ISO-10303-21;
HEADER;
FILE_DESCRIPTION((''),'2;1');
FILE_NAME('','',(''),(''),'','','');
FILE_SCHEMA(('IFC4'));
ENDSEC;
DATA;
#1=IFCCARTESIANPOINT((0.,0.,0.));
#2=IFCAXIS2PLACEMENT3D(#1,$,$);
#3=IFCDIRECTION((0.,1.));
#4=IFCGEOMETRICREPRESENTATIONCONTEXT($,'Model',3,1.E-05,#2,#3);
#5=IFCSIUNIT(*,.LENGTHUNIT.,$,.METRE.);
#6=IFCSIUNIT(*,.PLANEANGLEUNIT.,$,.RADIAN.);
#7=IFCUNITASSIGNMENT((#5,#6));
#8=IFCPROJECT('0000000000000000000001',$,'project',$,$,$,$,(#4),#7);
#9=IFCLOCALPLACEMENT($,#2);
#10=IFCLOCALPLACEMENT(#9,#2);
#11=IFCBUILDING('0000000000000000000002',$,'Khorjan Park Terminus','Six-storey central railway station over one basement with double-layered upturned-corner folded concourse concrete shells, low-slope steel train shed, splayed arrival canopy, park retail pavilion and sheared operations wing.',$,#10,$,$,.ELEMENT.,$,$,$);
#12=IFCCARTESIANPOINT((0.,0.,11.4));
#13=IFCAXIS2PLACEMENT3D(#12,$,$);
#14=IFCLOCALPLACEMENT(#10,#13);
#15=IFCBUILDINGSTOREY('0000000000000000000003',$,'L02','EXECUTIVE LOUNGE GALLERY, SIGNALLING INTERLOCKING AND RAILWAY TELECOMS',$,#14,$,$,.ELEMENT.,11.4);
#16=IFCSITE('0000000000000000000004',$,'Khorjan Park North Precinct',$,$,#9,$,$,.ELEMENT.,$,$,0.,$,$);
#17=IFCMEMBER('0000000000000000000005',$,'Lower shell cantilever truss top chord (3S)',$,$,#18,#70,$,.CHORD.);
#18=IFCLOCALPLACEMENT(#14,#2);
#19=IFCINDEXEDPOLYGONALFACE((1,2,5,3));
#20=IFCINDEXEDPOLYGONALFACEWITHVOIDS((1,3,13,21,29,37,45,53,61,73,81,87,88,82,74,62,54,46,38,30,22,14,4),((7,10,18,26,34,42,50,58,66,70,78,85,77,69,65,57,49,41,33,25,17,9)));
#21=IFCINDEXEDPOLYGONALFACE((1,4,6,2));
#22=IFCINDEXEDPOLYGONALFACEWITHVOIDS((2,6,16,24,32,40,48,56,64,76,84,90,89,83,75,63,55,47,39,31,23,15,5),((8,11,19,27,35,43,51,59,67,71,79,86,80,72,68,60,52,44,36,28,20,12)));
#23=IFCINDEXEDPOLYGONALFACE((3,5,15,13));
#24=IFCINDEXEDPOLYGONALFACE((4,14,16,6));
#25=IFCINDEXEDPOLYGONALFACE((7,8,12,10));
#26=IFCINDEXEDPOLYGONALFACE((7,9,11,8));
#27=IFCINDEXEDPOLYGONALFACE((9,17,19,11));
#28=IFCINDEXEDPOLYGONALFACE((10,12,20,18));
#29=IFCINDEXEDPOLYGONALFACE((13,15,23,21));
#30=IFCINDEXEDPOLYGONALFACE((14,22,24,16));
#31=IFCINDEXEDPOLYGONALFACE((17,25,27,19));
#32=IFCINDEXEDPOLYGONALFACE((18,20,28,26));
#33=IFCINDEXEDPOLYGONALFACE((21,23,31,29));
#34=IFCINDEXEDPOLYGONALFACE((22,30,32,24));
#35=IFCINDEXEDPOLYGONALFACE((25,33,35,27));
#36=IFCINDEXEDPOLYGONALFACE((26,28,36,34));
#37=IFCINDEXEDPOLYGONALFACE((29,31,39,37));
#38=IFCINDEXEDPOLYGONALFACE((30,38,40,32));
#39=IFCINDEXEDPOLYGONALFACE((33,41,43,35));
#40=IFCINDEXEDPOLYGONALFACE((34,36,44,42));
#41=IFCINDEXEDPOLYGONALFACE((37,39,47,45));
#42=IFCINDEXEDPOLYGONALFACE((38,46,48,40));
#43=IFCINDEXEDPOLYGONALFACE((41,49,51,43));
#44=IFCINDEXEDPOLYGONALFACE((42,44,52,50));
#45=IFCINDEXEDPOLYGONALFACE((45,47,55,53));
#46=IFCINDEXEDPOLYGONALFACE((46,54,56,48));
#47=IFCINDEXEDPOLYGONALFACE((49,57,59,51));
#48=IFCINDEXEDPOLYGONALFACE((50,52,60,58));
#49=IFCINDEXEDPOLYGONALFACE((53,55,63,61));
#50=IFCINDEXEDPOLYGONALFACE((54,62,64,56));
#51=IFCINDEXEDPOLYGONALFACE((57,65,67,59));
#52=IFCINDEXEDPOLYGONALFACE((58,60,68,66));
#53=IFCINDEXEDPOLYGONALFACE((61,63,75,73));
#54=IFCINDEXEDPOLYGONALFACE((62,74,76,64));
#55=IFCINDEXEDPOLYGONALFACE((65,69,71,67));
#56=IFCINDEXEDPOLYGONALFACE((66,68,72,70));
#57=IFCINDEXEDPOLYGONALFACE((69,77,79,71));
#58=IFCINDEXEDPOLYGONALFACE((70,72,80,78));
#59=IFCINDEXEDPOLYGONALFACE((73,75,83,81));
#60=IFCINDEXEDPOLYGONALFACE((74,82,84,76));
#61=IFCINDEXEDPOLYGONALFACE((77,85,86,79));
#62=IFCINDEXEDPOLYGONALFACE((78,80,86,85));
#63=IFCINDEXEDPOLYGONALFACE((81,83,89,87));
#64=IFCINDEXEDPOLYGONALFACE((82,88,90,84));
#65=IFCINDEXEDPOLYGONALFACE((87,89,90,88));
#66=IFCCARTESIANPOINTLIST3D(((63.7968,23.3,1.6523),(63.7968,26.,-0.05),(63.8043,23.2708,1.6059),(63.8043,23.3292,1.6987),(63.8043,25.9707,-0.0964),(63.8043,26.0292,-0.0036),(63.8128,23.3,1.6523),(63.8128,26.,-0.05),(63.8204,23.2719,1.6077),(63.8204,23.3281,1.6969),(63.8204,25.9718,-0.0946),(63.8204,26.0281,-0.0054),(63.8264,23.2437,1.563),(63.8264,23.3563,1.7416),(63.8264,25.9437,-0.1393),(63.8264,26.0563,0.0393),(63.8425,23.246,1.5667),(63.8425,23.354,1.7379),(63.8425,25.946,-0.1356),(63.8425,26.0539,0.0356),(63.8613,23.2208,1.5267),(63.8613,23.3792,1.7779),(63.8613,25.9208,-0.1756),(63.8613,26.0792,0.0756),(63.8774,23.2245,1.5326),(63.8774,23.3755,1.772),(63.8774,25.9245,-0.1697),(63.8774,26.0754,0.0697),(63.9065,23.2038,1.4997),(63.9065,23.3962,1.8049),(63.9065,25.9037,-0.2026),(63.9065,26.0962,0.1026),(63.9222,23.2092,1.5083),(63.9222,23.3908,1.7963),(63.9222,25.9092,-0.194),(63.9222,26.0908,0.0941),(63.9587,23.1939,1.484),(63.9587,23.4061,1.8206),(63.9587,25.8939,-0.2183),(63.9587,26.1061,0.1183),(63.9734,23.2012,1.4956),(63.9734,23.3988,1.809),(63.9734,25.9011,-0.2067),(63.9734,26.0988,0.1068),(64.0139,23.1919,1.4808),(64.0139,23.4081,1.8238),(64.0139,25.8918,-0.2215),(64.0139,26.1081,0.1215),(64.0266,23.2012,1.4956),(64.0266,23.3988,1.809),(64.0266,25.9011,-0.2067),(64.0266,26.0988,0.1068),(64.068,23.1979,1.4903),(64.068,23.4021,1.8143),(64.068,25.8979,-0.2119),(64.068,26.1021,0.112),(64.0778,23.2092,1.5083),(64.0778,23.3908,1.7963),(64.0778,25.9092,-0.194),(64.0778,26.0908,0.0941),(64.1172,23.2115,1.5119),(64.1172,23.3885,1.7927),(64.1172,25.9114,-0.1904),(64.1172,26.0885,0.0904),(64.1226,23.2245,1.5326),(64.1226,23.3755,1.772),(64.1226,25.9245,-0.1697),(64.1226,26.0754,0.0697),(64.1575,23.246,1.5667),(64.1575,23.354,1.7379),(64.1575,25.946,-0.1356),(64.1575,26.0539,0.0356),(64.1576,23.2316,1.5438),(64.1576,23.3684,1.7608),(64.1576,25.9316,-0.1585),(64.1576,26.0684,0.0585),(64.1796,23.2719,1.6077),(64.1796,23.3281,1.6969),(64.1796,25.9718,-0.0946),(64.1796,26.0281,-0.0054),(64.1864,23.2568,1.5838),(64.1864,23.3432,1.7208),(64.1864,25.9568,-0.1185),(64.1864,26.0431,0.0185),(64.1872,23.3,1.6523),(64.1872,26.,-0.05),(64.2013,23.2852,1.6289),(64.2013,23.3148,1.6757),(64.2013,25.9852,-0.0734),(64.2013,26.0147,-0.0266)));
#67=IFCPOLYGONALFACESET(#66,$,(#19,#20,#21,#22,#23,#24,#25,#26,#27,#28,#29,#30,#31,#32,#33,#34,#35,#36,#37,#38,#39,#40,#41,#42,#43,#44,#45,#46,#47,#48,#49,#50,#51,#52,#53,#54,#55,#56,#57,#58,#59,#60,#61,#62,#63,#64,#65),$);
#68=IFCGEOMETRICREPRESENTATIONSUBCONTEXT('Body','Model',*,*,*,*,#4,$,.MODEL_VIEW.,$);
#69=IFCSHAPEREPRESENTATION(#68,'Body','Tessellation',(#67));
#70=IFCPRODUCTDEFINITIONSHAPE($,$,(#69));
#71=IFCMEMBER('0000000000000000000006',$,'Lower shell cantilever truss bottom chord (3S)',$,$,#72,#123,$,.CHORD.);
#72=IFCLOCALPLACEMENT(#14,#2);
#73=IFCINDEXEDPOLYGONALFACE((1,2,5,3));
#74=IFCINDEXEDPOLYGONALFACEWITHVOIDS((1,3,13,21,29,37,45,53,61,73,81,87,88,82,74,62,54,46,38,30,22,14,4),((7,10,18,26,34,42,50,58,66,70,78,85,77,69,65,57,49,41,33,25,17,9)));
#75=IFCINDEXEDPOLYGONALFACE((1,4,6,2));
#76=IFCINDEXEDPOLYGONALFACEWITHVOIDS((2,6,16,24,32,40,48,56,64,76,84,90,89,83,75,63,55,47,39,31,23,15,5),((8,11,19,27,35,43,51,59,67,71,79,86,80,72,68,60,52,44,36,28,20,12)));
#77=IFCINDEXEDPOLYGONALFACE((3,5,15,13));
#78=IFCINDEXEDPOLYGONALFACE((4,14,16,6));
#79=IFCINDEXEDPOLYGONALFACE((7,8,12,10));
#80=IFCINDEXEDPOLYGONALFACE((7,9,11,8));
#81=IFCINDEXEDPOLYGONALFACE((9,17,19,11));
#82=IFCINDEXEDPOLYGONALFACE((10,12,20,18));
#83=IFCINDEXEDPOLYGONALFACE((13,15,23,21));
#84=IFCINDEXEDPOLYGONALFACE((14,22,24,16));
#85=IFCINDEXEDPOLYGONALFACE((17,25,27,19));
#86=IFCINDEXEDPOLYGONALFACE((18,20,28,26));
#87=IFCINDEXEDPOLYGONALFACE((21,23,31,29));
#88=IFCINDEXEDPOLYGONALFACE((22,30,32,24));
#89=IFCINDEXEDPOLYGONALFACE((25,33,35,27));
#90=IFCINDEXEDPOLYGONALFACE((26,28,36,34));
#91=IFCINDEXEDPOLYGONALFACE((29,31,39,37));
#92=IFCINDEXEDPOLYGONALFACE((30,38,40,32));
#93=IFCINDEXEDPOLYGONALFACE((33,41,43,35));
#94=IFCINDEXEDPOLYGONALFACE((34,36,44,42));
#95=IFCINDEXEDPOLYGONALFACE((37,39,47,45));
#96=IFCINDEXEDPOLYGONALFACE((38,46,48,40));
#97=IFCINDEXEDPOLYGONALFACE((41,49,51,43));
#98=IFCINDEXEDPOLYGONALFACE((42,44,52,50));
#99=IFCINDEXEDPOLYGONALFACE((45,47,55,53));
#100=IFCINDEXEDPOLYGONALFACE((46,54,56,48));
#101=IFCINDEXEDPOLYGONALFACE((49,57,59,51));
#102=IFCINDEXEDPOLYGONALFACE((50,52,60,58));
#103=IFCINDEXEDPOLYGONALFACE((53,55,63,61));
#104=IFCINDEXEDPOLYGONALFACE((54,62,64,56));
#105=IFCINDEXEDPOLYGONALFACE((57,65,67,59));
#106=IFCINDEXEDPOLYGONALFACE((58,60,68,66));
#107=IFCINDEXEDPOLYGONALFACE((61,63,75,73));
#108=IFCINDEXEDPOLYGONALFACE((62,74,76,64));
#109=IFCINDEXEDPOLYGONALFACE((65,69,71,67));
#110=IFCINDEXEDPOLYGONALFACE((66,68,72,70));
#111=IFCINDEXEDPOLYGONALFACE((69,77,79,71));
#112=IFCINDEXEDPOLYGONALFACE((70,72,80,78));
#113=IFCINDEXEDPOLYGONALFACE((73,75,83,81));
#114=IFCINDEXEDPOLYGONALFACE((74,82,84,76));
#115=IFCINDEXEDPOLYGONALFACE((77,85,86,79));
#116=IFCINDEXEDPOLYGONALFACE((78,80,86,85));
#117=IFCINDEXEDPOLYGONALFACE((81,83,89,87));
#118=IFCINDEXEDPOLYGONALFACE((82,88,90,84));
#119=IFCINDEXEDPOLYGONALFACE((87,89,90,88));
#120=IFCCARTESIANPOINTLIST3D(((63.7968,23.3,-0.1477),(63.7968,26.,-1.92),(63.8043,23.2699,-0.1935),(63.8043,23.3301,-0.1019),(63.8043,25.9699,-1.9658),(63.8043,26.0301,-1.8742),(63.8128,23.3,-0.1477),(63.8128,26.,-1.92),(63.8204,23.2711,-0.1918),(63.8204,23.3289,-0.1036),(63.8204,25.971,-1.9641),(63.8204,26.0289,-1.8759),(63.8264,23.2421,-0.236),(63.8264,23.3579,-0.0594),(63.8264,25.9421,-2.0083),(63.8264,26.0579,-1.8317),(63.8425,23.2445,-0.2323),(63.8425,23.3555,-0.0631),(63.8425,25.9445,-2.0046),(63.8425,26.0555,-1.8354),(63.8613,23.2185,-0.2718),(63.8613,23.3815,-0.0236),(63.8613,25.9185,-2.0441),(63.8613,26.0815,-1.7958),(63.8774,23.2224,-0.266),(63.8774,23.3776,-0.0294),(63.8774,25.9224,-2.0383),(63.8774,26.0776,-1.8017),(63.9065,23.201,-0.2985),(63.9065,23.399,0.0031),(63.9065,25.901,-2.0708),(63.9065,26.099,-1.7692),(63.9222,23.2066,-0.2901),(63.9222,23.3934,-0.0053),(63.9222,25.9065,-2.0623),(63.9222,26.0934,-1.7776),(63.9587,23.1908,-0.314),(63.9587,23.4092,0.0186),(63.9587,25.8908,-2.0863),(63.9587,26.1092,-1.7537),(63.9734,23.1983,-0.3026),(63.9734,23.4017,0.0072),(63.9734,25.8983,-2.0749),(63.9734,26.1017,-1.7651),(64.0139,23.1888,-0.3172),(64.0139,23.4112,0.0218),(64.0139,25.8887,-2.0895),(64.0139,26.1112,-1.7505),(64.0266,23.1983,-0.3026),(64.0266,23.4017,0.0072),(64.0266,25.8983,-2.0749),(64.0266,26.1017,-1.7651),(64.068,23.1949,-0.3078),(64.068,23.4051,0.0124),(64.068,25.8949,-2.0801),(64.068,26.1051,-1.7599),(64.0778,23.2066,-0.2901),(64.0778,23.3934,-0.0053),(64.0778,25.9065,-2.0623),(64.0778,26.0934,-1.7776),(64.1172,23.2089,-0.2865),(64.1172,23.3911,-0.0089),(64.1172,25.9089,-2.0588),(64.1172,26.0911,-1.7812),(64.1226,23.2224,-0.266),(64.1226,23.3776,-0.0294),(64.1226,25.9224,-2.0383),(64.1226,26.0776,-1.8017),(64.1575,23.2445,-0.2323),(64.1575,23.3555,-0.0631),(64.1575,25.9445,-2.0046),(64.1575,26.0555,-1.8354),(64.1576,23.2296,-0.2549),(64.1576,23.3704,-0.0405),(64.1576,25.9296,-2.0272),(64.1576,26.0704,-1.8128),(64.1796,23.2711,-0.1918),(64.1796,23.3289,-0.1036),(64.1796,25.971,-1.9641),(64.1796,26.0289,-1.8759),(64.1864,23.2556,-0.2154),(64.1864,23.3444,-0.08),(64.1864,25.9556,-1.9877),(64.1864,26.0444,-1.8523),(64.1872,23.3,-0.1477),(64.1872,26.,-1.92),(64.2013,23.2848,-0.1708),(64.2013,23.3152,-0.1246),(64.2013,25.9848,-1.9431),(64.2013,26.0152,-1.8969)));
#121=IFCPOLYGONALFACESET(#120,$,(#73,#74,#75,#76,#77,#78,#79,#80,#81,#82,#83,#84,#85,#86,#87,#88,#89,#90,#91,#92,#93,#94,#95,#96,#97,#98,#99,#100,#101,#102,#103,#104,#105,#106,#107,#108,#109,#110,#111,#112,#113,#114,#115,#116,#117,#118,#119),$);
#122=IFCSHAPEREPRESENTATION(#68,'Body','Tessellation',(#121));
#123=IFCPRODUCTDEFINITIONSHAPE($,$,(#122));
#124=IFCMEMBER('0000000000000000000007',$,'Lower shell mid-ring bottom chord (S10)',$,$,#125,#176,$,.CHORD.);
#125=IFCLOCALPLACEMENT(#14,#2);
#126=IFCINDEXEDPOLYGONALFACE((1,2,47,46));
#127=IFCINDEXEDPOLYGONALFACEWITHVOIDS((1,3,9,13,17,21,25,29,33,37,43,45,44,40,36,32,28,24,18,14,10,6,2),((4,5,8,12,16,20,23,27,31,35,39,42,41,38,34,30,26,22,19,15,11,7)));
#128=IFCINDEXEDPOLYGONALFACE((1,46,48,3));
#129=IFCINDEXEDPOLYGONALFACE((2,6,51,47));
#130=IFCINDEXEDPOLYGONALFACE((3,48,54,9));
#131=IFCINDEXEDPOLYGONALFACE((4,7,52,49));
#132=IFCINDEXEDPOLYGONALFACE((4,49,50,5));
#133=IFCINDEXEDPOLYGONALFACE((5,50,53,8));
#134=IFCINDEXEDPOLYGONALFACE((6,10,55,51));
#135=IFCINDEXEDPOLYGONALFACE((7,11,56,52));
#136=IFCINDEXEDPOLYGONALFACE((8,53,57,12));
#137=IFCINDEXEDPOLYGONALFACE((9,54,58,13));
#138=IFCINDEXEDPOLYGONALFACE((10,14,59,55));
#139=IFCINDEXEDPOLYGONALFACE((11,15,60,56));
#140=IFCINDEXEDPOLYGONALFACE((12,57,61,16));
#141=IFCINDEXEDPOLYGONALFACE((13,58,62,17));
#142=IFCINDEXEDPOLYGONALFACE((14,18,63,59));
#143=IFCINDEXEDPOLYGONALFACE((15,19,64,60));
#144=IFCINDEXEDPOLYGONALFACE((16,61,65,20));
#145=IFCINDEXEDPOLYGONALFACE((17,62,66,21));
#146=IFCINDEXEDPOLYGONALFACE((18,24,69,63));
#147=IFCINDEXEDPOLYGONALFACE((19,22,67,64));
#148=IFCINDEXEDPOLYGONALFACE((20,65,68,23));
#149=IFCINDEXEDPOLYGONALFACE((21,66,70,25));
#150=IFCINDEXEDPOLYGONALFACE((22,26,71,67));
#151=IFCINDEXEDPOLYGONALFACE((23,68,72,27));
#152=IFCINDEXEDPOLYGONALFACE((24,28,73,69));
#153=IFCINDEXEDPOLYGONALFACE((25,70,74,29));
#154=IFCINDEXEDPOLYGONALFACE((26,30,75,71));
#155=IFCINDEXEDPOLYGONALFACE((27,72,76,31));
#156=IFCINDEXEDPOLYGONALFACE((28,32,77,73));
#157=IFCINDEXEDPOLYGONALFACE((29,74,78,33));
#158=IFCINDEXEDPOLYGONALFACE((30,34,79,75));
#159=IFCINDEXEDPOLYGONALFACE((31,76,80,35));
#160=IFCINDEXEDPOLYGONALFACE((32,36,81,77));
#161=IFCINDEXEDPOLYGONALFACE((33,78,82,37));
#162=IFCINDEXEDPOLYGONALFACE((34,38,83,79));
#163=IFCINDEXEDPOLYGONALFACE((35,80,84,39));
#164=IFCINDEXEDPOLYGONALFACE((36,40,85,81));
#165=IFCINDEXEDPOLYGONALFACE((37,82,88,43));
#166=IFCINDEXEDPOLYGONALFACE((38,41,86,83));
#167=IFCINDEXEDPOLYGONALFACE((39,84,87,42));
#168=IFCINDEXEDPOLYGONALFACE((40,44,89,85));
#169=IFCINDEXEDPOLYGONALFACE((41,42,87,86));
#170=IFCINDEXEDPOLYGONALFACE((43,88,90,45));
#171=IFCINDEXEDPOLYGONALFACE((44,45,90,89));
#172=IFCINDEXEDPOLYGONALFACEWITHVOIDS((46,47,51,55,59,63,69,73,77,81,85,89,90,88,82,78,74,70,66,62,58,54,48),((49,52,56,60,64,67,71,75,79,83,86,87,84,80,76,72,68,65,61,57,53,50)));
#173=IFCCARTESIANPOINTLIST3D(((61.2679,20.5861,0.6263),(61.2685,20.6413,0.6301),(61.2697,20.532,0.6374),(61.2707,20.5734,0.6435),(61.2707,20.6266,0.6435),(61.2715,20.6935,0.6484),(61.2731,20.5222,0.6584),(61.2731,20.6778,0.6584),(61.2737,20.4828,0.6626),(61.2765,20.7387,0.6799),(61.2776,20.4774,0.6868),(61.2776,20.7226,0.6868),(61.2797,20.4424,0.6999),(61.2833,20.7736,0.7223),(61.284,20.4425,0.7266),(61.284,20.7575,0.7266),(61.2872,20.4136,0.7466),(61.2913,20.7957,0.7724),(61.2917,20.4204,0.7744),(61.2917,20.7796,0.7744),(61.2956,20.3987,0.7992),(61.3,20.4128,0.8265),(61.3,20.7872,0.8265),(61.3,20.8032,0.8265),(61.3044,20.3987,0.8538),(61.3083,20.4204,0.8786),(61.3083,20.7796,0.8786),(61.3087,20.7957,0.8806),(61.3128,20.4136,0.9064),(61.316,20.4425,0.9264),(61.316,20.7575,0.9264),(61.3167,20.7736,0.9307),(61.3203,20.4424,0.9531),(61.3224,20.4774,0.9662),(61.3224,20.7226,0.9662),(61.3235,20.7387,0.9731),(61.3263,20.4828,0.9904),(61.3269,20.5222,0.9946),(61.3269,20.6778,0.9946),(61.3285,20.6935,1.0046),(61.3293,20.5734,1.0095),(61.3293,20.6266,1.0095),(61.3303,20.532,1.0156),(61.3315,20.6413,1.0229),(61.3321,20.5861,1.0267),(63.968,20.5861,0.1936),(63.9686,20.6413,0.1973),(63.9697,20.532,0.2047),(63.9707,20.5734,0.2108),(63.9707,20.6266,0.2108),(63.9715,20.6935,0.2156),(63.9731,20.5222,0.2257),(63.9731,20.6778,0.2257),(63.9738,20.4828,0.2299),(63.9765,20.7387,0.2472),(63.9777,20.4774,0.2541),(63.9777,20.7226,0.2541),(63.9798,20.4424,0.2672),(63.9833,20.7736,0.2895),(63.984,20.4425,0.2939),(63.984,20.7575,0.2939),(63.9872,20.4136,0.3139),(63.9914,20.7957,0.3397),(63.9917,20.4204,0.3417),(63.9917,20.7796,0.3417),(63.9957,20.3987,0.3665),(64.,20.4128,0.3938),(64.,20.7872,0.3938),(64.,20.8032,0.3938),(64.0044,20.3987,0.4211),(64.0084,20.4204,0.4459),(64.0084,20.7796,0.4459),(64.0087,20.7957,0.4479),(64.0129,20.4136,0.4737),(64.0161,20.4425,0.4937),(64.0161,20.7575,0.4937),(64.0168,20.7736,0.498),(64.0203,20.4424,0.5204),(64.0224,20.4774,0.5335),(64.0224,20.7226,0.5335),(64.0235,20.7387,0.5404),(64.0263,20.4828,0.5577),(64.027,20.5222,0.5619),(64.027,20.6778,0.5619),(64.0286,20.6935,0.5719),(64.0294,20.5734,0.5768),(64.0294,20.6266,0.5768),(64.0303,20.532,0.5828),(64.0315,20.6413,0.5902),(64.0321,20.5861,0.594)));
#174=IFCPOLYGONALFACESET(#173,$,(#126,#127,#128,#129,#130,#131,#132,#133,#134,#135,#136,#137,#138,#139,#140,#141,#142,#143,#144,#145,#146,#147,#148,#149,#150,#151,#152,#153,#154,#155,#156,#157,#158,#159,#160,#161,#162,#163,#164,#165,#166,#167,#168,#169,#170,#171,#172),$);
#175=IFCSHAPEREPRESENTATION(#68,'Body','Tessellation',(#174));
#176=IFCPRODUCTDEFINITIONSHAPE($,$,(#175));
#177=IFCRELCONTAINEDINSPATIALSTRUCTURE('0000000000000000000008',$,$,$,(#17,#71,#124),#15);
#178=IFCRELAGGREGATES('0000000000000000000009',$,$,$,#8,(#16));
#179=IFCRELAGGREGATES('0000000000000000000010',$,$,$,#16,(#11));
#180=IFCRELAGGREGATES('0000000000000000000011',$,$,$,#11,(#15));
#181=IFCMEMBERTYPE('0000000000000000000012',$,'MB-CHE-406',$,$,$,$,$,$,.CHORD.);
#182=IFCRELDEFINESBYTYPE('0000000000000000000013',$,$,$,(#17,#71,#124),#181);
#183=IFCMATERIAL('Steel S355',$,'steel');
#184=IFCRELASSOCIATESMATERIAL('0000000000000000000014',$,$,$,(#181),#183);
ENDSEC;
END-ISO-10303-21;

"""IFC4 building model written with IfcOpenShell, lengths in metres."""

from ifc_helpers import new_model, si_unit, direction, frame, origin, origin_2d, place, context, subcontext, project, spatial, hollow_circle, extrude, material, material_profile, profile_set, type_object, element, save


model = new_model("IFC4")

# Units and contexts
model_context = context("Model", 3, precision=1e-05, world=origin(), true_north=direction((0.0, 1.0)))
body_context = subcontext(model_context, "Body", "Model", "MODEL_VIEW")
ifc_project = project(units=[si_unit("LENGTHUNIT", "METRE"), si_unit("PLANEANGLEUNIT", "RADIAN")], contexts=[model_context])

# Site, building, storey
site_placement = place(None, origin())
site = spatial("IfcSite", under=ifc_project, at=site_placement, Name="Khorjan Park North Precinct", CompositionType="ELEMENT", RefElevation=0.0)
building_placement = place(site_placement, origin())
building = spatial("IfcBuilding", under=site, at=building_placement, Name="Khorjan Park Terminus", Description="Six-storey central railway station over one basement with double-layered upturned-corner folded concourse concrete shells, low-slope steel train shed, splayed arrival canopy, park retail pavilion and sheared operations wing.", CompositionType="ELEMENT")
storey_placement = place(building_placement, frame((0.0, 0.0, 11.4)))
storey = spatial("IfcBuildingStorey", under=building, at=storey_placement, Name="L02", Description="EXECUTIVE LOUNGE GALLERY, SIGNALLING INTERLOCKING AND RAILWAY TELECOMS", CompositionType="ELEMENT", Elevation=11.4)

# Members
ifc_material_1 = material(Name="Steel S355", Category="steel")
ifc_material_profile_1 = material_profile(ifc_material_1, hollow_circle(Radius=0.2032, WallThickness=0.016, at=origin_2d()), Name="CHS 406.4x16")
ifc_profile_set_1 = profile_set([ifc_material_profile_1], Name="Steel S355")
member_type_1 = type_object("IfcMemberType", Name="MB-CHE-406", PredefinedType="CHORD", material=ifc_profile_set_1)
member_1_placement = place(storey_placement, frame((64.0, 23.3, 1.6523), z_axis=(0.0, 0.845908, -0.533329), x_axis=(-1.0, 0.0, 0.0)))
element("IfcMember", 1, at=member_1_placement, inside=storey, type_object=member_type_1, Name="Lower shell cantilever truss top chord (3S)", PredefinedType="CHORD", context=body_context, shape_type="SweptSolid", body=[
    extrude(hollow_circle(Radius=0.2032, WallThickness=0.016, at=origin_2d()), origin(), (0.0, 0.0, 1.0), 3.1918),
])
member_2_placement = place(storey_placement, frame((64.0, 23.3, -0.1477), z_axis=(0.0, 0.835988, -0.548748), x_axis=(-1.0, 0.0, 0.0)))
element("IfcMember", 2, at=member_2_placement, inside=storey, type_object=member_type_1, Name="Lower shell cantilever truss bottom chord (3S)", PredefinedType="CHORD", context=body_context, shape_type="SweptSolid", body=[
    extrude(hollow_circle(Radius=0.2032, WallThickness=0.016, at=origin_2d()), origin(), (0.0, 0.0, 1.0), 3.2297),
])
for number, where, z_axis, x_axis, name in (
    (3, (61.3, 20.6, 0.8265), (0.987401, 0.0, -0.15824), (0.0, 1.0, 0.0), "Lower shell mid-ring bottom chord (S10)"),
):
    element("IfcMember", number, at=place(storey_placement, frame(where, z_axis=z_axis, x_axis=x_axis)), inside=storey, type_object=member_type_1, Name=name, PredefinedType="CHORD", context=body_context, shape_type="SweptSolid", body=[
        extrude(hollow_circle(Radius=0.2032, WallThickness=0.016, at=origin_2d()), origin(), (0.0, 0.0, 1.0), 2.7345),
    ])

save(model, "model.ifc")
